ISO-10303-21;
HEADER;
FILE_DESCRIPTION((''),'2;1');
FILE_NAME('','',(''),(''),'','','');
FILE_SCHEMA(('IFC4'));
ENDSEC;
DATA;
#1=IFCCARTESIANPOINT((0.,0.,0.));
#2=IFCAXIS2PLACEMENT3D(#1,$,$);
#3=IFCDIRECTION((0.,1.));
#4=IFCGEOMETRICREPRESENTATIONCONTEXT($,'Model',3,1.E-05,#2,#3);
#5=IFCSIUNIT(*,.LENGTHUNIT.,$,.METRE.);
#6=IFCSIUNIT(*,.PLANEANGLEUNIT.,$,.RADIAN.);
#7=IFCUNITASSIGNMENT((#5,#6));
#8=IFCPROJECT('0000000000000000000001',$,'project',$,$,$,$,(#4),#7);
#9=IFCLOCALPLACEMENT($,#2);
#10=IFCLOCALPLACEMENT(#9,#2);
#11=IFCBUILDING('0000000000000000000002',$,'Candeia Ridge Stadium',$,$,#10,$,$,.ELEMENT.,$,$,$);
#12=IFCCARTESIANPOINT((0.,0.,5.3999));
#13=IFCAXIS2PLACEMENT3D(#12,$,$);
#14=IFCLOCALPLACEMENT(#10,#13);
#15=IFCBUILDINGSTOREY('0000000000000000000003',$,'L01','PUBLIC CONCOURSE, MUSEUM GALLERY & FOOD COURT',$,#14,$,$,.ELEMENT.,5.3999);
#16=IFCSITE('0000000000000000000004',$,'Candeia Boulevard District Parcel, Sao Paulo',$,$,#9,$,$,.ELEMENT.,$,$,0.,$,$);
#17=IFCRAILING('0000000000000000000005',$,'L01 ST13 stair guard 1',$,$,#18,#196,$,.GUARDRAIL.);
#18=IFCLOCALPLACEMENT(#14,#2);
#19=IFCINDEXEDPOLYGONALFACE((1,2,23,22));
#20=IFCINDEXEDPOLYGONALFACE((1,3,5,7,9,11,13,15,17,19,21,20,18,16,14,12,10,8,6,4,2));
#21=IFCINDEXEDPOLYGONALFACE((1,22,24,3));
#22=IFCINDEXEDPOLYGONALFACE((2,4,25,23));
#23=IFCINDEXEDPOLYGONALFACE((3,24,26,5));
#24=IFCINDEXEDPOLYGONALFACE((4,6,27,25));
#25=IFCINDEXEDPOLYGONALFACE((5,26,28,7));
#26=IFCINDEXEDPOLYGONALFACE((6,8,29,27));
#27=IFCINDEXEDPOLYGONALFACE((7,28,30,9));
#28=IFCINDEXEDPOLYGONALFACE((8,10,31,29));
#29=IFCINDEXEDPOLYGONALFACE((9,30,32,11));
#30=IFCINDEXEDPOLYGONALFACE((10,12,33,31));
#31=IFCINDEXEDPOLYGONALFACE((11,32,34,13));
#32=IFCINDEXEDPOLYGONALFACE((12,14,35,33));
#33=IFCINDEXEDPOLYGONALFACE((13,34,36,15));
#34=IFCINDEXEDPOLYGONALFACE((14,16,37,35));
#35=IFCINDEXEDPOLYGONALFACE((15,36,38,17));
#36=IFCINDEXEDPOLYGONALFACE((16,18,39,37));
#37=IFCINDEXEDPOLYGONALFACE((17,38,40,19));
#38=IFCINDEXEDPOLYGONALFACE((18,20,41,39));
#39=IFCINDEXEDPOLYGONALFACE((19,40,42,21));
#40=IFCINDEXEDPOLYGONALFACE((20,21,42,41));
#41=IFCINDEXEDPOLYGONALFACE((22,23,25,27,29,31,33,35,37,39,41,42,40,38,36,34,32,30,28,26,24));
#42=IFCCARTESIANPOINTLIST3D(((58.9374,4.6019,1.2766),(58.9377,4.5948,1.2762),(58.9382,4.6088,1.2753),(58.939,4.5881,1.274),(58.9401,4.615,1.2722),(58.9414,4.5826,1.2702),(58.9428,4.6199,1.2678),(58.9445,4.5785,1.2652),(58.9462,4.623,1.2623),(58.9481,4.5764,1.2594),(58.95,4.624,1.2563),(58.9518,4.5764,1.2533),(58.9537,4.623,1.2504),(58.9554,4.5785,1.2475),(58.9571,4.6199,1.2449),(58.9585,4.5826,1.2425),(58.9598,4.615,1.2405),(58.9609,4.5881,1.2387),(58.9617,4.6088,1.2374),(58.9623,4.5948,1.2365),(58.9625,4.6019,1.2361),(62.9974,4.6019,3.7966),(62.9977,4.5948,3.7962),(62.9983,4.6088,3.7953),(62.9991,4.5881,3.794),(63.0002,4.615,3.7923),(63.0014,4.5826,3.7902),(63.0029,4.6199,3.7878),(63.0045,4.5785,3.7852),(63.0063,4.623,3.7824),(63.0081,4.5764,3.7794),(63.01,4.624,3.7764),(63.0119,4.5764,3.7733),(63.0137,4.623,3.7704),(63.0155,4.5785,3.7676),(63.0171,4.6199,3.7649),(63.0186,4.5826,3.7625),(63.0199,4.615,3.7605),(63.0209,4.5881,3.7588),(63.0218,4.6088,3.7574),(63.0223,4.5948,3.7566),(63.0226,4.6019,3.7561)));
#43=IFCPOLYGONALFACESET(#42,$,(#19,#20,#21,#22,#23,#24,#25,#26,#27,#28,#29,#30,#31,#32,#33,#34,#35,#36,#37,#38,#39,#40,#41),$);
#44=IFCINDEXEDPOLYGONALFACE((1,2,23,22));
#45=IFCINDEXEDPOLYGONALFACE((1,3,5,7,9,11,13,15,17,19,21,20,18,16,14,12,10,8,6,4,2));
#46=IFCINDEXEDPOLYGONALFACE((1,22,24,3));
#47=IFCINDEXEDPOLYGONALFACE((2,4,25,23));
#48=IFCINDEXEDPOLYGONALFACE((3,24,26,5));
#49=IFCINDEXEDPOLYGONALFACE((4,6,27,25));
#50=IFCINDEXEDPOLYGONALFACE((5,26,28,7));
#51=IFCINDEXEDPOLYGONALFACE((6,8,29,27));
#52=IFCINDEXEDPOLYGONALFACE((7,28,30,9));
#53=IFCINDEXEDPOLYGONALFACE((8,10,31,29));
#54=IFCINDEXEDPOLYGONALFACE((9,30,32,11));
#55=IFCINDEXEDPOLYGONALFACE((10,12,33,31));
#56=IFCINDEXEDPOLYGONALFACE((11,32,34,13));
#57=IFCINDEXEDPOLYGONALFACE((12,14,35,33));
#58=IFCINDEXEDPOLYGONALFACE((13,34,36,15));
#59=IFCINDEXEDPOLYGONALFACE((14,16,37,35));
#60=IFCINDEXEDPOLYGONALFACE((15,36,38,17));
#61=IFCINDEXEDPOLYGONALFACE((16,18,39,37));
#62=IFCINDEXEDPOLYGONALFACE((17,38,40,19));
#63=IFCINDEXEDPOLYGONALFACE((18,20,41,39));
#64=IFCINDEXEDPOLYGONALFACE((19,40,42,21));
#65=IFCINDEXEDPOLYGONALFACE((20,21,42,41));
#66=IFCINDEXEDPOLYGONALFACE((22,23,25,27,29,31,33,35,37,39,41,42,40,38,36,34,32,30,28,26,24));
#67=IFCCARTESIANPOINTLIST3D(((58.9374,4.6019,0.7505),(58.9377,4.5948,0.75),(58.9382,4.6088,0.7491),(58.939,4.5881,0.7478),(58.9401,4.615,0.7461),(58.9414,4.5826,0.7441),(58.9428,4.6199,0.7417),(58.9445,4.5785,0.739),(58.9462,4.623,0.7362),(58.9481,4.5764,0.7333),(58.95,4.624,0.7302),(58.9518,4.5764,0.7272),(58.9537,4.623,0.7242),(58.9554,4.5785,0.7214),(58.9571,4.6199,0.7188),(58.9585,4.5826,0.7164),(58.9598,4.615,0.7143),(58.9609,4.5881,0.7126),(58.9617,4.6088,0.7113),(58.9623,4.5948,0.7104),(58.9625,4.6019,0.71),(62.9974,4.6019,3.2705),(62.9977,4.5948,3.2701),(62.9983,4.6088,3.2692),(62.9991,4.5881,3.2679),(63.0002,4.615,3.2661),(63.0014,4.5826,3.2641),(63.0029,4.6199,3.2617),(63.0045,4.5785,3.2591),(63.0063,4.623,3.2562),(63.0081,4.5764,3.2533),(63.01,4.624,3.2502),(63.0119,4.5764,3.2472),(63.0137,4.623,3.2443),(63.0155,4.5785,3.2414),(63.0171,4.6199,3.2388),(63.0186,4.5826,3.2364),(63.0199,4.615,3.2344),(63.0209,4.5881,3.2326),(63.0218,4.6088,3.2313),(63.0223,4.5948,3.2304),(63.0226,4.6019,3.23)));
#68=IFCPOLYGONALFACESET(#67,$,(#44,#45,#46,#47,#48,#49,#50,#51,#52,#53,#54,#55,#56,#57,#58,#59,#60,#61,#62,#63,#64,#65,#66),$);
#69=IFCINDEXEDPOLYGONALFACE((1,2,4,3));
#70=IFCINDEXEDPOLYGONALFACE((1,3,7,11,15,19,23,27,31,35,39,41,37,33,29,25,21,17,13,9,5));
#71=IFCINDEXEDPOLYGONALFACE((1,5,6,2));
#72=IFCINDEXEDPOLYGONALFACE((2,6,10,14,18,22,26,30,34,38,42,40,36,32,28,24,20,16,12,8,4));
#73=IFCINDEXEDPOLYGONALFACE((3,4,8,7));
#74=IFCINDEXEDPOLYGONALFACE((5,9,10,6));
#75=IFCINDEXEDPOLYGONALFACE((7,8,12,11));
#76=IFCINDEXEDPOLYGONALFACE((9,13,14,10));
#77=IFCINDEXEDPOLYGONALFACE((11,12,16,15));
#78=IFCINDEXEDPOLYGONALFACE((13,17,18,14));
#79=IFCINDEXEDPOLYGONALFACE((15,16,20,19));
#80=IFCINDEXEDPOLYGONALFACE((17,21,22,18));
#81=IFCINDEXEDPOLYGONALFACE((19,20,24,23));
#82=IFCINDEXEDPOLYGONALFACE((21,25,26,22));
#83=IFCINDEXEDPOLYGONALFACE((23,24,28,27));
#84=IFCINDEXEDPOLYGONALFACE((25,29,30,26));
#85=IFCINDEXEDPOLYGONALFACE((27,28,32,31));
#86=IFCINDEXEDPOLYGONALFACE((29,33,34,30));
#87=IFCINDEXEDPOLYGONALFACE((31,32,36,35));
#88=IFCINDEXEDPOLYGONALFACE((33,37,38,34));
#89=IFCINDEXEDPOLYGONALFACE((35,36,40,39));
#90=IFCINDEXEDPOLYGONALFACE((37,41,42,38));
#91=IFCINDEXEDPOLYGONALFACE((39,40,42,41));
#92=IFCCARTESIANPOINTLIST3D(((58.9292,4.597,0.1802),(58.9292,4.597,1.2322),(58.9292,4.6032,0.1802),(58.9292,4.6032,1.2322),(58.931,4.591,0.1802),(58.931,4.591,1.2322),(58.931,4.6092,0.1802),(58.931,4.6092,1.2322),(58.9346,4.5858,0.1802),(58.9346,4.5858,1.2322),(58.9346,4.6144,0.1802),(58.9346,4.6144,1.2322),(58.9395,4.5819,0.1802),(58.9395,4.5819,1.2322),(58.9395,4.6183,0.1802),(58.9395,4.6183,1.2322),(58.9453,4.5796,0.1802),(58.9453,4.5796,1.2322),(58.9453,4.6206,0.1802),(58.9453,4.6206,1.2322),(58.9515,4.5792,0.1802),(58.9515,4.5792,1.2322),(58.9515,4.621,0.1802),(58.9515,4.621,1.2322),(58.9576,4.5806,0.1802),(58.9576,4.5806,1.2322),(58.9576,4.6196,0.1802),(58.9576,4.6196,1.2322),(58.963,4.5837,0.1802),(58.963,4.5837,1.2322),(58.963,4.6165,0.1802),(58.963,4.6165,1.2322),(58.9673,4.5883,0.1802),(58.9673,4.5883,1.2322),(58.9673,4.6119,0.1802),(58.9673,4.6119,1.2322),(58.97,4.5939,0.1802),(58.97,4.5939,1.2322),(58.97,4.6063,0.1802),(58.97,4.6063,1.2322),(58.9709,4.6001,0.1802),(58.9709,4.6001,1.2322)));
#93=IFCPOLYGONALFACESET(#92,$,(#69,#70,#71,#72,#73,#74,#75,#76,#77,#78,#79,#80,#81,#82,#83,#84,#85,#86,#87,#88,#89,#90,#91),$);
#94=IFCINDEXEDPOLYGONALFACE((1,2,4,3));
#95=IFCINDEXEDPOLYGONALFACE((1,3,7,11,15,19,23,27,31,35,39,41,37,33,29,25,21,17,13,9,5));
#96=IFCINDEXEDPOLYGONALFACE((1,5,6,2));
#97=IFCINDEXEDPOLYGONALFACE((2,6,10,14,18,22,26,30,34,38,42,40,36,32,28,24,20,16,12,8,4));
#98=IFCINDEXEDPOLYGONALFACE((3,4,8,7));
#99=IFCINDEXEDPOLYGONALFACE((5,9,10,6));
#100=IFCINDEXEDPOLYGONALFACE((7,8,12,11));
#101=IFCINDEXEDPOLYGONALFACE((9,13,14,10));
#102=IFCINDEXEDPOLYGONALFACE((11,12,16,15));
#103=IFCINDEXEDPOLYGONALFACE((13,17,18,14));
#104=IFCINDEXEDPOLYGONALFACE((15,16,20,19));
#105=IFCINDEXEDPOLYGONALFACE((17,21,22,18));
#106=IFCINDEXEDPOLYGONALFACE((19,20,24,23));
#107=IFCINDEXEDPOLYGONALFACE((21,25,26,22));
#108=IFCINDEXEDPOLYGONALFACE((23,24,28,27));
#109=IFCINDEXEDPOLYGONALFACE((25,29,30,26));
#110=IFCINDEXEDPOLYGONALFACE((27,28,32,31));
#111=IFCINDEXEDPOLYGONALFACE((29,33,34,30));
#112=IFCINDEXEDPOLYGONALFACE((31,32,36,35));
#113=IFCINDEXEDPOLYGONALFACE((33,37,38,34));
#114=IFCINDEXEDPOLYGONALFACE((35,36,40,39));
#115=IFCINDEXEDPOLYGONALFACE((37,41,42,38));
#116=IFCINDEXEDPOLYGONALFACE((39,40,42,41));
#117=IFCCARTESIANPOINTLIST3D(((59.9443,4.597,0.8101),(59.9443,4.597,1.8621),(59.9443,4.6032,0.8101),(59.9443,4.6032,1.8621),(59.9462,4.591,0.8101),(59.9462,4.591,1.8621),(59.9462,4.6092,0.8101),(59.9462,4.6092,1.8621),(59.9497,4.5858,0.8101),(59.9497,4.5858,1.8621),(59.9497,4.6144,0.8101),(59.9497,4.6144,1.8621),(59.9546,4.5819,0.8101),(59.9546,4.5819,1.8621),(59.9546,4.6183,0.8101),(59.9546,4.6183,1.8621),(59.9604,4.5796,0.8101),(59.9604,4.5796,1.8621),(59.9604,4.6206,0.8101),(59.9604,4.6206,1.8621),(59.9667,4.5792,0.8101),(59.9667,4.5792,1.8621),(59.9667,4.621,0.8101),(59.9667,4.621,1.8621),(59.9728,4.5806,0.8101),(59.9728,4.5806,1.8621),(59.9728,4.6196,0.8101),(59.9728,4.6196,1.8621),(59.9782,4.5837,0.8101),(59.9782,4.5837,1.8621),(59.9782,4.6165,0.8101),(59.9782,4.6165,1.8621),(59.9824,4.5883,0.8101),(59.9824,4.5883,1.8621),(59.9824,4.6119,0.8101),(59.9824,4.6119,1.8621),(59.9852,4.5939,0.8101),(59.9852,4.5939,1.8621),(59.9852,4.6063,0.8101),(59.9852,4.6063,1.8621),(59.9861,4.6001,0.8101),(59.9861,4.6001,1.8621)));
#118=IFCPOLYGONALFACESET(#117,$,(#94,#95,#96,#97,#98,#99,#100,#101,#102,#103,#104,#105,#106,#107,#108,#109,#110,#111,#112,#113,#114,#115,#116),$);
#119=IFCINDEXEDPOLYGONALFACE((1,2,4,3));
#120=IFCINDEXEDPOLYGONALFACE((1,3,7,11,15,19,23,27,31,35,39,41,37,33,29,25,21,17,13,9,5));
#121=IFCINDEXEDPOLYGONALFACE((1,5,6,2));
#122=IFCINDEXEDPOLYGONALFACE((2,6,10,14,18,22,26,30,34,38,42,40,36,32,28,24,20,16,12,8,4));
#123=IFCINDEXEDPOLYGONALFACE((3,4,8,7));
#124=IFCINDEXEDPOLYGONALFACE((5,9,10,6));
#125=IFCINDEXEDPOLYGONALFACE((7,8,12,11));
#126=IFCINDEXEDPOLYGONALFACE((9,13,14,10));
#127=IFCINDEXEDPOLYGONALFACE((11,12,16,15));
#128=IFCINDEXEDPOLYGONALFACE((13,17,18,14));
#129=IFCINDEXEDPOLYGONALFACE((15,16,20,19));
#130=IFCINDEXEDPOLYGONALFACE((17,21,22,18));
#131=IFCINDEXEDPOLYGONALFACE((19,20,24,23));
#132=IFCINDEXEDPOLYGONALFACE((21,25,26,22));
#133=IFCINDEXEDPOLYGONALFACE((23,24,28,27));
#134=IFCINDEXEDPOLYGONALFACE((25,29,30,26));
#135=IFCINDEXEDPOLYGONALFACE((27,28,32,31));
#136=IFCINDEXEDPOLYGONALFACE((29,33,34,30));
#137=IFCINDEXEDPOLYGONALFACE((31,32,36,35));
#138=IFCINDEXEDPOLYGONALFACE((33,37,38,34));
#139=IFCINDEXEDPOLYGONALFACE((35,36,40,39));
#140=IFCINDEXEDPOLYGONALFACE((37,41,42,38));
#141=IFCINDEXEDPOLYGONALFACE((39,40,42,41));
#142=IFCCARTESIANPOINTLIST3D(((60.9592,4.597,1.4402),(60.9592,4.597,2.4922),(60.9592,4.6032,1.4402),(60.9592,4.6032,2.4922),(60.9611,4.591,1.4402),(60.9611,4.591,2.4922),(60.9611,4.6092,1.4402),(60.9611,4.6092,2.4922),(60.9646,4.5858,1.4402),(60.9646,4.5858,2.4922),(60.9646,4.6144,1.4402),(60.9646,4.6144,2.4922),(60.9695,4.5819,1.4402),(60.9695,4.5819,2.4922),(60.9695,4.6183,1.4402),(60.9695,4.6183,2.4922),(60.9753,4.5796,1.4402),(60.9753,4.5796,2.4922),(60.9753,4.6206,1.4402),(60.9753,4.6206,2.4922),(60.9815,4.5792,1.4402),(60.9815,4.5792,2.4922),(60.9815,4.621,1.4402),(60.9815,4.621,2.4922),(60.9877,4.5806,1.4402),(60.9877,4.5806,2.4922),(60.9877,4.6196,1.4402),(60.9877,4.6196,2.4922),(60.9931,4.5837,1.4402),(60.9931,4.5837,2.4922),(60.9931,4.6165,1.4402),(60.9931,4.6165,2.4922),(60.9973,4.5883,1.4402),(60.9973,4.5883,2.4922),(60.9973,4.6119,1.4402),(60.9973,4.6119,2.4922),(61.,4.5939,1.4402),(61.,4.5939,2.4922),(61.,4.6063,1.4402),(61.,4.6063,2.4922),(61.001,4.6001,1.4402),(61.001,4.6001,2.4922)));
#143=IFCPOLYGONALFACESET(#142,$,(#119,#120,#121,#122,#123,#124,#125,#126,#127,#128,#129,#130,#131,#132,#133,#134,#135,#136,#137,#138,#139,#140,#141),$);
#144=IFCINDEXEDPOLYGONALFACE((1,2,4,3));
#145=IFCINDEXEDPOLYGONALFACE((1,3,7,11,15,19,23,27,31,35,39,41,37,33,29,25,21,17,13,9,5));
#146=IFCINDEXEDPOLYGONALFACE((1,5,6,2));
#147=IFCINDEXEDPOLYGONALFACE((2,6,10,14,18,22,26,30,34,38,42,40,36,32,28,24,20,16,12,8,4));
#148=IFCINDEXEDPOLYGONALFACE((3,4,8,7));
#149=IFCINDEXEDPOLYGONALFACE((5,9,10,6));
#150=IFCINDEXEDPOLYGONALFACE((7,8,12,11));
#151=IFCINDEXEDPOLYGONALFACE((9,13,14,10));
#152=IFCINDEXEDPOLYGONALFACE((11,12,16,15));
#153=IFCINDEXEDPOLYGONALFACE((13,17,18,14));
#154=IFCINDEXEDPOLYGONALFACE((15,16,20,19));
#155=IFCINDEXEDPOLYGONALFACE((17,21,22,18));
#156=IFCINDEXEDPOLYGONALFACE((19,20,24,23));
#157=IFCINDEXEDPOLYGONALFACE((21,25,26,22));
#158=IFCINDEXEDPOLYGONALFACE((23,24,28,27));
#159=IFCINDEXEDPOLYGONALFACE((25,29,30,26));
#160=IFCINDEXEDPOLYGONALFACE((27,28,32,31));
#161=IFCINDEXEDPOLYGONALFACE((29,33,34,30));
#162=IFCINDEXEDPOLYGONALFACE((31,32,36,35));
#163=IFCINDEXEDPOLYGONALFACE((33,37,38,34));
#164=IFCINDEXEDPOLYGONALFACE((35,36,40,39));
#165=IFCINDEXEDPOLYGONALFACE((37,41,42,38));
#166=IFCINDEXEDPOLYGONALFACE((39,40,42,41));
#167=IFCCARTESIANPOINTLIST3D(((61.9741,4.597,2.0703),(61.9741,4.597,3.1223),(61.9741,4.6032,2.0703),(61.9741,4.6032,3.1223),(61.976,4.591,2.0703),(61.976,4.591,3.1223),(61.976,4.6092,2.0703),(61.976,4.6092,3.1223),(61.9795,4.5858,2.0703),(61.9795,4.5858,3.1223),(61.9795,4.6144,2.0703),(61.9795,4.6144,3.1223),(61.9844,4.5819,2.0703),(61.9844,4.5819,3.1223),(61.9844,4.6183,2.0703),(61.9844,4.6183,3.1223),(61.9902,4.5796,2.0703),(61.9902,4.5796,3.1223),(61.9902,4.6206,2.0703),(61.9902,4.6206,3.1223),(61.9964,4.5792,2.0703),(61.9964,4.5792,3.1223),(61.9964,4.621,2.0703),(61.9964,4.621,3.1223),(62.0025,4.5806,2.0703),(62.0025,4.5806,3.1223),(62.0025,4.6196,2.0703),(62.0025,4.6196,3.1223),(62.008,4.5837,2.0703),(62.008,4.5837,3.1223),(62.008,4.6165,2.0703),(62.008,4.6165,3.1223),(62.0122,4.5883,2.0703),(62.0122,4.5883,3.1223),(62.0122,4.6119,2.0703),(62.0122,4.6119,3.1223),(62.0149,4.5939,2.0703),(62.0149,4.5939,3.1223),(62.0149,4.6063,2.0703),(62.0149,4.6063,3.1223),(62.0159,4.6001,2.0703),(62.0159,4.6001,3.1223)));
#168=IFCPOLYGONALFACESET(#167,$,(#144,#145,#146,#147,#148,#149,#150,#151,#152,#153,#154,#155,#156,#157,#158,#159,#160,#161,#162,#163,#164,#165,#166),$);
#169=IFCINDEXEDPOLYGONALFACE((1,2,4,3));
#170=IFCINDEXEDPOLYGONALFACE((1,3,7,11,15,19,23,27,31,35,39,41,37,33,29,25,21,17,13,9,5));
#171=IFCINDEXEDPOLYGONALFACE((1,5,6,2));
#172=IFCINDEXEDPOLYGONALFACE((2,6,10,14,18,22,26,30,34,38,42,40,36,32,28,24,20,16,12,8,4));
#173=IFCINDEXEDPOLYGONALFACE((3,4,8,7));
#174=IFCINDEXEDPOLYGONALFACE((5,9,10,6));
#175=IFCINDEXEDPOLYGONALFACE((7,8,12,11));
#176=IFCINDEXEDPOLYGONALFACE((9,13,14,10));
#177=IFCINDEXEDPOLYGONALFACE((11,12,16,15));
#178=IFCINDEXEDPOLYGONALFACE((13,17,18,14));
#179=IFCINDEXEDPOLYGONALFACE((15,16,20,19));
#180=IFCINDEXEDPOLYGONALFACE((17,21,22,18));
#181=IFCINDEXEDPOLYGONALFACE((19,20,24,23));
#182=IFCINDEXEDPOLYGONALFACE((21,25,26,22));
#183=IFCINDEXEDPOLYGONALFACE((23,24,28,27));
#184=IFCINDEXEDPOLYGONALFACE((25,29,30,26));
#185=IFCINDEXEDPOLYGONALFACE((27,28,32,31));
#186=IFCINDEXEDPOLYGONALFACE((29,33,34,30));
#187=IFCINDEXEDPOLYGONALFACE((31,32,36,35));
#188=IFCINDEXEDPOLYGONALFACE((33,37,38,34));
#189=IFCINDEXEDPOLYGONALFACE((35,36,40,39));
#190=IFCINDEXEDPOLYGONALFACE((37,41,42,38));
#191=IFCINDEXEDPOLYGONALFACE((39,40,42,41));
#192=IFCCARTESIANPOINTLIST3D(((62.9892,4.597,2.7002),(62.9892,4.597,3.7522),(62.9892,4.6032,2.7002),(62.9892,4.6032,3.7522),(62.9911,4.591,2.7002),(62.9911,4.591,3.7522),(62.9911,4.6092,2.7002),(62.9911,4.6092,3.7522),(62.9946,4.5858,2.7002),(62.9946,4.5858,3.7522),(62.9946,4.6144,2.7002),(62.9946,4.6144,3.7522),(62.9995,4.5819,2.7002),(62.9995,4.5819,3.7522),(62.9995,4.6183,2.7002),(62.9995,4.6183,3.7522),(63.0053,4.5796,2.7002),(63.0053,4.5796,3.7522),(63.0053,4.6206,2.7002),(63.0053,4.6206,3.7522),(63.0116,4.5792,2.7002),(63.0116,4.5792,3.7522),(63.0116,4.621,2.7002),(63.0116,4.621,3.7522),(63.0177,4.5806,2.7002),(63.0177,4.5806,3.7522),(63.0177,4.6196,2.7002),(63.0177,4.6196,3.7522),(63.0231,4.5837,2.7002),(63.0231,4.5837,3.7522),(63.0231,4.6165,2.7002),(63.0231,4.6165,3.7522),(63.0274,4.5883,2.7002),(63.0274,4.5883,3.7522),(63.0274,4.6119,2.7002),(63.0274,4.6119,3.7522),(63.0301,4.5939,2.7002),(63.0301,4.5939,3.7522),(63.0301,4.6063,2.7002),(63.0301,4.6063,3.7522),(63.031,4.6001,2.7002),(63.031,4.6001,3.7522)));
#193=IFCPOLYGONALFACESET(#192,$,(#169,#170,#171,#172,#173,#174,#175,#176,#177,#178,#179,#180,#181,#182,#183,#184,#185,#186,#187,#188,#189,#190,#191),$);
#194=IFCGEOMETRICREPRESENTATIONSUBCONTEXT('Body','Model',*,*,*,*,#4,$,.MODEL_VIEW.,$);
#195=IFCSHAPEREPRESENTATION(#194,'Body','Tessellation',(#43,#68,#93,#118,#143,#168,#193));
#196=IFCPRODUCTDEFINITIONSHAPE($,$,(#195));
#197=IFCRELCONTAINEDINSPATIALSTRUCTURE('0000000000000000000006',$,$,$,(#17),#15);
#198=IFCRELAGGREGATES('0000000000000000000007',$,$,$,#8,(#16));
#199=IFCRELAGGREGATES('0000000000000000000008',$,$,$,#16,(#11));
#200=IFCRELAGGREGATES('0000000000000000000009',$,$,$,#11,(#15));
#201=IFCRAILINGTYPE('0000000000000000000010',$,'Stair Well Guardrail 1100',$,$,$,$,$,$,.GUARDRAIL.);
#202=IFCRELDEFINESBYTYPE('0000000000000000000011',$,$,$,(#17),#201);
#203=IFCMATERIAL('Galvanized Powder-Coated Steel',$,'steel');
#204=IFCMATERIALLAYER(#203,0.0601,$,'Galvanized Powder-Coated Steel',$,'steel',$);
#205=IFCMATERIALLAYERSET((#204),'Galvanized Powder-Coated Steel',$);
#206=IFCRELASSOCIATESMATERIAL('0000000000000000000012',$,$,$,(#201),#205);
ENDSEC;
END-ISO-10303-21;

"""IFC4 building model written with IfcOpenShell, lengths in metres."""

from ifc_helpers import new_model, si_unit, direction, frame, origin, origin_2d, place, context, subcontext, project, spatial, circle, extrude, material, layer, layer_set, type_object, element, save


model = new_model("IFC4")

# Units and contexts
model_context = context("Model", 3, precision=1e-05, world=origin(), true_north=direction((0.0, 1.0)))
body_context = subcontext(model_context, "Body", "Model", "MODEL_VIEW")
ifc_project = project(units=[si_unit("LENGTHUNIT", "METRE"), si_unit("PLANEANGLEUNIT", "RADIAN")], contexts=[model_context])

# Site, building, storey
site_placement = place(None, origin())
site = spatial("IfcSite", under=ifc_project, at=site_placement, Name="Candeia Boulevard District Parcel, Sao Paulo", CompositionType="ELEMENT", RefElevation=0.0)
building_placement = place(site_placement, origin())
building = spatial("IfcBuilding", under=site, at=building_placement, Name="Candeia Ridge Stadium", CompositionType="ELEMENT")
storey_placement = place(building_placement, frame((0.0, 0.0, 5.3999)))
storey = spatial("IfcBuildingStorey", under=building, at=storey_placement, Name="L01", Description="PUBLIC CONCOURSE, MUSEUM GALLERY & FOOD COURT", CompositionType="ELEMENT", Elevation=5.3999)

# Railing
ifc_material_1 = material(Name="Galvanized Powder-Coated Steel", Category="steel")
ifc_layer_1 = layer(ifc_material_1, 0.0601, Name="Galvanized Powder-Coated Steel", Category="steel")
ifc_layer_set_1 = layer_set([ifc_layer_1], Name="Galvanized Powder-Coated Steel")
railing_type_1 = type_object("IfcRailingType", Name="Stair Well Guardrail 1100", PredefinedType="GUARDRAIL", material=ifc_layer_set_1)
railing_1_placement = place(storey_placement, frame((58.95, 4.6001, 0.1802)))
element("IfcRailing", 1, at=railing_1_placement, inside=storey, type_object=railing_type_1, Name="L01 ST13 stair guard 1", PredefinedType="GUARDRAIL", context=body_context, shape_type="SweptSolid", body=[
    extrude(circle(Radius=0.0239, at=origin_2d()), frame((0.0, 0.0, 1.0762), z_axis=(0.849642, 0.0, 0.52736), x_axis=(0.0, 1.0, 0.0)), (0.0, 0.0, 1.0), 4.7786),
    extrude(circle(Radius=0.0239, at=origin_2d()), frame((0.0, 0.0, 0.55), z_axis=(0.849642, 0.0, 0.52736), x_axis=(0.0, 1.0, 0.0)), (0.0, 0.0, 1.0), 4.7786),
    extrude(circle(Radius=0.021, at=origin_2d()), origin(), (0.0, 0.0, 1.0), 1.052),
    extrude(circle(Radius=0.021, at=origin_2d()), frame((1.0151, 0.0, 0.6299)), (0.0, 0.0, 1.0), 1.052),
    extrude(circle(Radius=0.021, at=origin_2d()), frame((2.03, 0.0, 1.26)), (0.0, 0.0, 1.0), 1.052),
    extrude(circle(Radius=0.021, at=origin_2d()), frame((3.0449, 0.0, 1.8901)), (0.0, 0.0, 1.0), 1.052),
    extrude(circle(Radius=0.021, at=origin_2d()), frame((4.0601, 0.0, 2.52)), (0.0, 0.0, 1.0), 1.052),
])

save(model, "model.ifc")
